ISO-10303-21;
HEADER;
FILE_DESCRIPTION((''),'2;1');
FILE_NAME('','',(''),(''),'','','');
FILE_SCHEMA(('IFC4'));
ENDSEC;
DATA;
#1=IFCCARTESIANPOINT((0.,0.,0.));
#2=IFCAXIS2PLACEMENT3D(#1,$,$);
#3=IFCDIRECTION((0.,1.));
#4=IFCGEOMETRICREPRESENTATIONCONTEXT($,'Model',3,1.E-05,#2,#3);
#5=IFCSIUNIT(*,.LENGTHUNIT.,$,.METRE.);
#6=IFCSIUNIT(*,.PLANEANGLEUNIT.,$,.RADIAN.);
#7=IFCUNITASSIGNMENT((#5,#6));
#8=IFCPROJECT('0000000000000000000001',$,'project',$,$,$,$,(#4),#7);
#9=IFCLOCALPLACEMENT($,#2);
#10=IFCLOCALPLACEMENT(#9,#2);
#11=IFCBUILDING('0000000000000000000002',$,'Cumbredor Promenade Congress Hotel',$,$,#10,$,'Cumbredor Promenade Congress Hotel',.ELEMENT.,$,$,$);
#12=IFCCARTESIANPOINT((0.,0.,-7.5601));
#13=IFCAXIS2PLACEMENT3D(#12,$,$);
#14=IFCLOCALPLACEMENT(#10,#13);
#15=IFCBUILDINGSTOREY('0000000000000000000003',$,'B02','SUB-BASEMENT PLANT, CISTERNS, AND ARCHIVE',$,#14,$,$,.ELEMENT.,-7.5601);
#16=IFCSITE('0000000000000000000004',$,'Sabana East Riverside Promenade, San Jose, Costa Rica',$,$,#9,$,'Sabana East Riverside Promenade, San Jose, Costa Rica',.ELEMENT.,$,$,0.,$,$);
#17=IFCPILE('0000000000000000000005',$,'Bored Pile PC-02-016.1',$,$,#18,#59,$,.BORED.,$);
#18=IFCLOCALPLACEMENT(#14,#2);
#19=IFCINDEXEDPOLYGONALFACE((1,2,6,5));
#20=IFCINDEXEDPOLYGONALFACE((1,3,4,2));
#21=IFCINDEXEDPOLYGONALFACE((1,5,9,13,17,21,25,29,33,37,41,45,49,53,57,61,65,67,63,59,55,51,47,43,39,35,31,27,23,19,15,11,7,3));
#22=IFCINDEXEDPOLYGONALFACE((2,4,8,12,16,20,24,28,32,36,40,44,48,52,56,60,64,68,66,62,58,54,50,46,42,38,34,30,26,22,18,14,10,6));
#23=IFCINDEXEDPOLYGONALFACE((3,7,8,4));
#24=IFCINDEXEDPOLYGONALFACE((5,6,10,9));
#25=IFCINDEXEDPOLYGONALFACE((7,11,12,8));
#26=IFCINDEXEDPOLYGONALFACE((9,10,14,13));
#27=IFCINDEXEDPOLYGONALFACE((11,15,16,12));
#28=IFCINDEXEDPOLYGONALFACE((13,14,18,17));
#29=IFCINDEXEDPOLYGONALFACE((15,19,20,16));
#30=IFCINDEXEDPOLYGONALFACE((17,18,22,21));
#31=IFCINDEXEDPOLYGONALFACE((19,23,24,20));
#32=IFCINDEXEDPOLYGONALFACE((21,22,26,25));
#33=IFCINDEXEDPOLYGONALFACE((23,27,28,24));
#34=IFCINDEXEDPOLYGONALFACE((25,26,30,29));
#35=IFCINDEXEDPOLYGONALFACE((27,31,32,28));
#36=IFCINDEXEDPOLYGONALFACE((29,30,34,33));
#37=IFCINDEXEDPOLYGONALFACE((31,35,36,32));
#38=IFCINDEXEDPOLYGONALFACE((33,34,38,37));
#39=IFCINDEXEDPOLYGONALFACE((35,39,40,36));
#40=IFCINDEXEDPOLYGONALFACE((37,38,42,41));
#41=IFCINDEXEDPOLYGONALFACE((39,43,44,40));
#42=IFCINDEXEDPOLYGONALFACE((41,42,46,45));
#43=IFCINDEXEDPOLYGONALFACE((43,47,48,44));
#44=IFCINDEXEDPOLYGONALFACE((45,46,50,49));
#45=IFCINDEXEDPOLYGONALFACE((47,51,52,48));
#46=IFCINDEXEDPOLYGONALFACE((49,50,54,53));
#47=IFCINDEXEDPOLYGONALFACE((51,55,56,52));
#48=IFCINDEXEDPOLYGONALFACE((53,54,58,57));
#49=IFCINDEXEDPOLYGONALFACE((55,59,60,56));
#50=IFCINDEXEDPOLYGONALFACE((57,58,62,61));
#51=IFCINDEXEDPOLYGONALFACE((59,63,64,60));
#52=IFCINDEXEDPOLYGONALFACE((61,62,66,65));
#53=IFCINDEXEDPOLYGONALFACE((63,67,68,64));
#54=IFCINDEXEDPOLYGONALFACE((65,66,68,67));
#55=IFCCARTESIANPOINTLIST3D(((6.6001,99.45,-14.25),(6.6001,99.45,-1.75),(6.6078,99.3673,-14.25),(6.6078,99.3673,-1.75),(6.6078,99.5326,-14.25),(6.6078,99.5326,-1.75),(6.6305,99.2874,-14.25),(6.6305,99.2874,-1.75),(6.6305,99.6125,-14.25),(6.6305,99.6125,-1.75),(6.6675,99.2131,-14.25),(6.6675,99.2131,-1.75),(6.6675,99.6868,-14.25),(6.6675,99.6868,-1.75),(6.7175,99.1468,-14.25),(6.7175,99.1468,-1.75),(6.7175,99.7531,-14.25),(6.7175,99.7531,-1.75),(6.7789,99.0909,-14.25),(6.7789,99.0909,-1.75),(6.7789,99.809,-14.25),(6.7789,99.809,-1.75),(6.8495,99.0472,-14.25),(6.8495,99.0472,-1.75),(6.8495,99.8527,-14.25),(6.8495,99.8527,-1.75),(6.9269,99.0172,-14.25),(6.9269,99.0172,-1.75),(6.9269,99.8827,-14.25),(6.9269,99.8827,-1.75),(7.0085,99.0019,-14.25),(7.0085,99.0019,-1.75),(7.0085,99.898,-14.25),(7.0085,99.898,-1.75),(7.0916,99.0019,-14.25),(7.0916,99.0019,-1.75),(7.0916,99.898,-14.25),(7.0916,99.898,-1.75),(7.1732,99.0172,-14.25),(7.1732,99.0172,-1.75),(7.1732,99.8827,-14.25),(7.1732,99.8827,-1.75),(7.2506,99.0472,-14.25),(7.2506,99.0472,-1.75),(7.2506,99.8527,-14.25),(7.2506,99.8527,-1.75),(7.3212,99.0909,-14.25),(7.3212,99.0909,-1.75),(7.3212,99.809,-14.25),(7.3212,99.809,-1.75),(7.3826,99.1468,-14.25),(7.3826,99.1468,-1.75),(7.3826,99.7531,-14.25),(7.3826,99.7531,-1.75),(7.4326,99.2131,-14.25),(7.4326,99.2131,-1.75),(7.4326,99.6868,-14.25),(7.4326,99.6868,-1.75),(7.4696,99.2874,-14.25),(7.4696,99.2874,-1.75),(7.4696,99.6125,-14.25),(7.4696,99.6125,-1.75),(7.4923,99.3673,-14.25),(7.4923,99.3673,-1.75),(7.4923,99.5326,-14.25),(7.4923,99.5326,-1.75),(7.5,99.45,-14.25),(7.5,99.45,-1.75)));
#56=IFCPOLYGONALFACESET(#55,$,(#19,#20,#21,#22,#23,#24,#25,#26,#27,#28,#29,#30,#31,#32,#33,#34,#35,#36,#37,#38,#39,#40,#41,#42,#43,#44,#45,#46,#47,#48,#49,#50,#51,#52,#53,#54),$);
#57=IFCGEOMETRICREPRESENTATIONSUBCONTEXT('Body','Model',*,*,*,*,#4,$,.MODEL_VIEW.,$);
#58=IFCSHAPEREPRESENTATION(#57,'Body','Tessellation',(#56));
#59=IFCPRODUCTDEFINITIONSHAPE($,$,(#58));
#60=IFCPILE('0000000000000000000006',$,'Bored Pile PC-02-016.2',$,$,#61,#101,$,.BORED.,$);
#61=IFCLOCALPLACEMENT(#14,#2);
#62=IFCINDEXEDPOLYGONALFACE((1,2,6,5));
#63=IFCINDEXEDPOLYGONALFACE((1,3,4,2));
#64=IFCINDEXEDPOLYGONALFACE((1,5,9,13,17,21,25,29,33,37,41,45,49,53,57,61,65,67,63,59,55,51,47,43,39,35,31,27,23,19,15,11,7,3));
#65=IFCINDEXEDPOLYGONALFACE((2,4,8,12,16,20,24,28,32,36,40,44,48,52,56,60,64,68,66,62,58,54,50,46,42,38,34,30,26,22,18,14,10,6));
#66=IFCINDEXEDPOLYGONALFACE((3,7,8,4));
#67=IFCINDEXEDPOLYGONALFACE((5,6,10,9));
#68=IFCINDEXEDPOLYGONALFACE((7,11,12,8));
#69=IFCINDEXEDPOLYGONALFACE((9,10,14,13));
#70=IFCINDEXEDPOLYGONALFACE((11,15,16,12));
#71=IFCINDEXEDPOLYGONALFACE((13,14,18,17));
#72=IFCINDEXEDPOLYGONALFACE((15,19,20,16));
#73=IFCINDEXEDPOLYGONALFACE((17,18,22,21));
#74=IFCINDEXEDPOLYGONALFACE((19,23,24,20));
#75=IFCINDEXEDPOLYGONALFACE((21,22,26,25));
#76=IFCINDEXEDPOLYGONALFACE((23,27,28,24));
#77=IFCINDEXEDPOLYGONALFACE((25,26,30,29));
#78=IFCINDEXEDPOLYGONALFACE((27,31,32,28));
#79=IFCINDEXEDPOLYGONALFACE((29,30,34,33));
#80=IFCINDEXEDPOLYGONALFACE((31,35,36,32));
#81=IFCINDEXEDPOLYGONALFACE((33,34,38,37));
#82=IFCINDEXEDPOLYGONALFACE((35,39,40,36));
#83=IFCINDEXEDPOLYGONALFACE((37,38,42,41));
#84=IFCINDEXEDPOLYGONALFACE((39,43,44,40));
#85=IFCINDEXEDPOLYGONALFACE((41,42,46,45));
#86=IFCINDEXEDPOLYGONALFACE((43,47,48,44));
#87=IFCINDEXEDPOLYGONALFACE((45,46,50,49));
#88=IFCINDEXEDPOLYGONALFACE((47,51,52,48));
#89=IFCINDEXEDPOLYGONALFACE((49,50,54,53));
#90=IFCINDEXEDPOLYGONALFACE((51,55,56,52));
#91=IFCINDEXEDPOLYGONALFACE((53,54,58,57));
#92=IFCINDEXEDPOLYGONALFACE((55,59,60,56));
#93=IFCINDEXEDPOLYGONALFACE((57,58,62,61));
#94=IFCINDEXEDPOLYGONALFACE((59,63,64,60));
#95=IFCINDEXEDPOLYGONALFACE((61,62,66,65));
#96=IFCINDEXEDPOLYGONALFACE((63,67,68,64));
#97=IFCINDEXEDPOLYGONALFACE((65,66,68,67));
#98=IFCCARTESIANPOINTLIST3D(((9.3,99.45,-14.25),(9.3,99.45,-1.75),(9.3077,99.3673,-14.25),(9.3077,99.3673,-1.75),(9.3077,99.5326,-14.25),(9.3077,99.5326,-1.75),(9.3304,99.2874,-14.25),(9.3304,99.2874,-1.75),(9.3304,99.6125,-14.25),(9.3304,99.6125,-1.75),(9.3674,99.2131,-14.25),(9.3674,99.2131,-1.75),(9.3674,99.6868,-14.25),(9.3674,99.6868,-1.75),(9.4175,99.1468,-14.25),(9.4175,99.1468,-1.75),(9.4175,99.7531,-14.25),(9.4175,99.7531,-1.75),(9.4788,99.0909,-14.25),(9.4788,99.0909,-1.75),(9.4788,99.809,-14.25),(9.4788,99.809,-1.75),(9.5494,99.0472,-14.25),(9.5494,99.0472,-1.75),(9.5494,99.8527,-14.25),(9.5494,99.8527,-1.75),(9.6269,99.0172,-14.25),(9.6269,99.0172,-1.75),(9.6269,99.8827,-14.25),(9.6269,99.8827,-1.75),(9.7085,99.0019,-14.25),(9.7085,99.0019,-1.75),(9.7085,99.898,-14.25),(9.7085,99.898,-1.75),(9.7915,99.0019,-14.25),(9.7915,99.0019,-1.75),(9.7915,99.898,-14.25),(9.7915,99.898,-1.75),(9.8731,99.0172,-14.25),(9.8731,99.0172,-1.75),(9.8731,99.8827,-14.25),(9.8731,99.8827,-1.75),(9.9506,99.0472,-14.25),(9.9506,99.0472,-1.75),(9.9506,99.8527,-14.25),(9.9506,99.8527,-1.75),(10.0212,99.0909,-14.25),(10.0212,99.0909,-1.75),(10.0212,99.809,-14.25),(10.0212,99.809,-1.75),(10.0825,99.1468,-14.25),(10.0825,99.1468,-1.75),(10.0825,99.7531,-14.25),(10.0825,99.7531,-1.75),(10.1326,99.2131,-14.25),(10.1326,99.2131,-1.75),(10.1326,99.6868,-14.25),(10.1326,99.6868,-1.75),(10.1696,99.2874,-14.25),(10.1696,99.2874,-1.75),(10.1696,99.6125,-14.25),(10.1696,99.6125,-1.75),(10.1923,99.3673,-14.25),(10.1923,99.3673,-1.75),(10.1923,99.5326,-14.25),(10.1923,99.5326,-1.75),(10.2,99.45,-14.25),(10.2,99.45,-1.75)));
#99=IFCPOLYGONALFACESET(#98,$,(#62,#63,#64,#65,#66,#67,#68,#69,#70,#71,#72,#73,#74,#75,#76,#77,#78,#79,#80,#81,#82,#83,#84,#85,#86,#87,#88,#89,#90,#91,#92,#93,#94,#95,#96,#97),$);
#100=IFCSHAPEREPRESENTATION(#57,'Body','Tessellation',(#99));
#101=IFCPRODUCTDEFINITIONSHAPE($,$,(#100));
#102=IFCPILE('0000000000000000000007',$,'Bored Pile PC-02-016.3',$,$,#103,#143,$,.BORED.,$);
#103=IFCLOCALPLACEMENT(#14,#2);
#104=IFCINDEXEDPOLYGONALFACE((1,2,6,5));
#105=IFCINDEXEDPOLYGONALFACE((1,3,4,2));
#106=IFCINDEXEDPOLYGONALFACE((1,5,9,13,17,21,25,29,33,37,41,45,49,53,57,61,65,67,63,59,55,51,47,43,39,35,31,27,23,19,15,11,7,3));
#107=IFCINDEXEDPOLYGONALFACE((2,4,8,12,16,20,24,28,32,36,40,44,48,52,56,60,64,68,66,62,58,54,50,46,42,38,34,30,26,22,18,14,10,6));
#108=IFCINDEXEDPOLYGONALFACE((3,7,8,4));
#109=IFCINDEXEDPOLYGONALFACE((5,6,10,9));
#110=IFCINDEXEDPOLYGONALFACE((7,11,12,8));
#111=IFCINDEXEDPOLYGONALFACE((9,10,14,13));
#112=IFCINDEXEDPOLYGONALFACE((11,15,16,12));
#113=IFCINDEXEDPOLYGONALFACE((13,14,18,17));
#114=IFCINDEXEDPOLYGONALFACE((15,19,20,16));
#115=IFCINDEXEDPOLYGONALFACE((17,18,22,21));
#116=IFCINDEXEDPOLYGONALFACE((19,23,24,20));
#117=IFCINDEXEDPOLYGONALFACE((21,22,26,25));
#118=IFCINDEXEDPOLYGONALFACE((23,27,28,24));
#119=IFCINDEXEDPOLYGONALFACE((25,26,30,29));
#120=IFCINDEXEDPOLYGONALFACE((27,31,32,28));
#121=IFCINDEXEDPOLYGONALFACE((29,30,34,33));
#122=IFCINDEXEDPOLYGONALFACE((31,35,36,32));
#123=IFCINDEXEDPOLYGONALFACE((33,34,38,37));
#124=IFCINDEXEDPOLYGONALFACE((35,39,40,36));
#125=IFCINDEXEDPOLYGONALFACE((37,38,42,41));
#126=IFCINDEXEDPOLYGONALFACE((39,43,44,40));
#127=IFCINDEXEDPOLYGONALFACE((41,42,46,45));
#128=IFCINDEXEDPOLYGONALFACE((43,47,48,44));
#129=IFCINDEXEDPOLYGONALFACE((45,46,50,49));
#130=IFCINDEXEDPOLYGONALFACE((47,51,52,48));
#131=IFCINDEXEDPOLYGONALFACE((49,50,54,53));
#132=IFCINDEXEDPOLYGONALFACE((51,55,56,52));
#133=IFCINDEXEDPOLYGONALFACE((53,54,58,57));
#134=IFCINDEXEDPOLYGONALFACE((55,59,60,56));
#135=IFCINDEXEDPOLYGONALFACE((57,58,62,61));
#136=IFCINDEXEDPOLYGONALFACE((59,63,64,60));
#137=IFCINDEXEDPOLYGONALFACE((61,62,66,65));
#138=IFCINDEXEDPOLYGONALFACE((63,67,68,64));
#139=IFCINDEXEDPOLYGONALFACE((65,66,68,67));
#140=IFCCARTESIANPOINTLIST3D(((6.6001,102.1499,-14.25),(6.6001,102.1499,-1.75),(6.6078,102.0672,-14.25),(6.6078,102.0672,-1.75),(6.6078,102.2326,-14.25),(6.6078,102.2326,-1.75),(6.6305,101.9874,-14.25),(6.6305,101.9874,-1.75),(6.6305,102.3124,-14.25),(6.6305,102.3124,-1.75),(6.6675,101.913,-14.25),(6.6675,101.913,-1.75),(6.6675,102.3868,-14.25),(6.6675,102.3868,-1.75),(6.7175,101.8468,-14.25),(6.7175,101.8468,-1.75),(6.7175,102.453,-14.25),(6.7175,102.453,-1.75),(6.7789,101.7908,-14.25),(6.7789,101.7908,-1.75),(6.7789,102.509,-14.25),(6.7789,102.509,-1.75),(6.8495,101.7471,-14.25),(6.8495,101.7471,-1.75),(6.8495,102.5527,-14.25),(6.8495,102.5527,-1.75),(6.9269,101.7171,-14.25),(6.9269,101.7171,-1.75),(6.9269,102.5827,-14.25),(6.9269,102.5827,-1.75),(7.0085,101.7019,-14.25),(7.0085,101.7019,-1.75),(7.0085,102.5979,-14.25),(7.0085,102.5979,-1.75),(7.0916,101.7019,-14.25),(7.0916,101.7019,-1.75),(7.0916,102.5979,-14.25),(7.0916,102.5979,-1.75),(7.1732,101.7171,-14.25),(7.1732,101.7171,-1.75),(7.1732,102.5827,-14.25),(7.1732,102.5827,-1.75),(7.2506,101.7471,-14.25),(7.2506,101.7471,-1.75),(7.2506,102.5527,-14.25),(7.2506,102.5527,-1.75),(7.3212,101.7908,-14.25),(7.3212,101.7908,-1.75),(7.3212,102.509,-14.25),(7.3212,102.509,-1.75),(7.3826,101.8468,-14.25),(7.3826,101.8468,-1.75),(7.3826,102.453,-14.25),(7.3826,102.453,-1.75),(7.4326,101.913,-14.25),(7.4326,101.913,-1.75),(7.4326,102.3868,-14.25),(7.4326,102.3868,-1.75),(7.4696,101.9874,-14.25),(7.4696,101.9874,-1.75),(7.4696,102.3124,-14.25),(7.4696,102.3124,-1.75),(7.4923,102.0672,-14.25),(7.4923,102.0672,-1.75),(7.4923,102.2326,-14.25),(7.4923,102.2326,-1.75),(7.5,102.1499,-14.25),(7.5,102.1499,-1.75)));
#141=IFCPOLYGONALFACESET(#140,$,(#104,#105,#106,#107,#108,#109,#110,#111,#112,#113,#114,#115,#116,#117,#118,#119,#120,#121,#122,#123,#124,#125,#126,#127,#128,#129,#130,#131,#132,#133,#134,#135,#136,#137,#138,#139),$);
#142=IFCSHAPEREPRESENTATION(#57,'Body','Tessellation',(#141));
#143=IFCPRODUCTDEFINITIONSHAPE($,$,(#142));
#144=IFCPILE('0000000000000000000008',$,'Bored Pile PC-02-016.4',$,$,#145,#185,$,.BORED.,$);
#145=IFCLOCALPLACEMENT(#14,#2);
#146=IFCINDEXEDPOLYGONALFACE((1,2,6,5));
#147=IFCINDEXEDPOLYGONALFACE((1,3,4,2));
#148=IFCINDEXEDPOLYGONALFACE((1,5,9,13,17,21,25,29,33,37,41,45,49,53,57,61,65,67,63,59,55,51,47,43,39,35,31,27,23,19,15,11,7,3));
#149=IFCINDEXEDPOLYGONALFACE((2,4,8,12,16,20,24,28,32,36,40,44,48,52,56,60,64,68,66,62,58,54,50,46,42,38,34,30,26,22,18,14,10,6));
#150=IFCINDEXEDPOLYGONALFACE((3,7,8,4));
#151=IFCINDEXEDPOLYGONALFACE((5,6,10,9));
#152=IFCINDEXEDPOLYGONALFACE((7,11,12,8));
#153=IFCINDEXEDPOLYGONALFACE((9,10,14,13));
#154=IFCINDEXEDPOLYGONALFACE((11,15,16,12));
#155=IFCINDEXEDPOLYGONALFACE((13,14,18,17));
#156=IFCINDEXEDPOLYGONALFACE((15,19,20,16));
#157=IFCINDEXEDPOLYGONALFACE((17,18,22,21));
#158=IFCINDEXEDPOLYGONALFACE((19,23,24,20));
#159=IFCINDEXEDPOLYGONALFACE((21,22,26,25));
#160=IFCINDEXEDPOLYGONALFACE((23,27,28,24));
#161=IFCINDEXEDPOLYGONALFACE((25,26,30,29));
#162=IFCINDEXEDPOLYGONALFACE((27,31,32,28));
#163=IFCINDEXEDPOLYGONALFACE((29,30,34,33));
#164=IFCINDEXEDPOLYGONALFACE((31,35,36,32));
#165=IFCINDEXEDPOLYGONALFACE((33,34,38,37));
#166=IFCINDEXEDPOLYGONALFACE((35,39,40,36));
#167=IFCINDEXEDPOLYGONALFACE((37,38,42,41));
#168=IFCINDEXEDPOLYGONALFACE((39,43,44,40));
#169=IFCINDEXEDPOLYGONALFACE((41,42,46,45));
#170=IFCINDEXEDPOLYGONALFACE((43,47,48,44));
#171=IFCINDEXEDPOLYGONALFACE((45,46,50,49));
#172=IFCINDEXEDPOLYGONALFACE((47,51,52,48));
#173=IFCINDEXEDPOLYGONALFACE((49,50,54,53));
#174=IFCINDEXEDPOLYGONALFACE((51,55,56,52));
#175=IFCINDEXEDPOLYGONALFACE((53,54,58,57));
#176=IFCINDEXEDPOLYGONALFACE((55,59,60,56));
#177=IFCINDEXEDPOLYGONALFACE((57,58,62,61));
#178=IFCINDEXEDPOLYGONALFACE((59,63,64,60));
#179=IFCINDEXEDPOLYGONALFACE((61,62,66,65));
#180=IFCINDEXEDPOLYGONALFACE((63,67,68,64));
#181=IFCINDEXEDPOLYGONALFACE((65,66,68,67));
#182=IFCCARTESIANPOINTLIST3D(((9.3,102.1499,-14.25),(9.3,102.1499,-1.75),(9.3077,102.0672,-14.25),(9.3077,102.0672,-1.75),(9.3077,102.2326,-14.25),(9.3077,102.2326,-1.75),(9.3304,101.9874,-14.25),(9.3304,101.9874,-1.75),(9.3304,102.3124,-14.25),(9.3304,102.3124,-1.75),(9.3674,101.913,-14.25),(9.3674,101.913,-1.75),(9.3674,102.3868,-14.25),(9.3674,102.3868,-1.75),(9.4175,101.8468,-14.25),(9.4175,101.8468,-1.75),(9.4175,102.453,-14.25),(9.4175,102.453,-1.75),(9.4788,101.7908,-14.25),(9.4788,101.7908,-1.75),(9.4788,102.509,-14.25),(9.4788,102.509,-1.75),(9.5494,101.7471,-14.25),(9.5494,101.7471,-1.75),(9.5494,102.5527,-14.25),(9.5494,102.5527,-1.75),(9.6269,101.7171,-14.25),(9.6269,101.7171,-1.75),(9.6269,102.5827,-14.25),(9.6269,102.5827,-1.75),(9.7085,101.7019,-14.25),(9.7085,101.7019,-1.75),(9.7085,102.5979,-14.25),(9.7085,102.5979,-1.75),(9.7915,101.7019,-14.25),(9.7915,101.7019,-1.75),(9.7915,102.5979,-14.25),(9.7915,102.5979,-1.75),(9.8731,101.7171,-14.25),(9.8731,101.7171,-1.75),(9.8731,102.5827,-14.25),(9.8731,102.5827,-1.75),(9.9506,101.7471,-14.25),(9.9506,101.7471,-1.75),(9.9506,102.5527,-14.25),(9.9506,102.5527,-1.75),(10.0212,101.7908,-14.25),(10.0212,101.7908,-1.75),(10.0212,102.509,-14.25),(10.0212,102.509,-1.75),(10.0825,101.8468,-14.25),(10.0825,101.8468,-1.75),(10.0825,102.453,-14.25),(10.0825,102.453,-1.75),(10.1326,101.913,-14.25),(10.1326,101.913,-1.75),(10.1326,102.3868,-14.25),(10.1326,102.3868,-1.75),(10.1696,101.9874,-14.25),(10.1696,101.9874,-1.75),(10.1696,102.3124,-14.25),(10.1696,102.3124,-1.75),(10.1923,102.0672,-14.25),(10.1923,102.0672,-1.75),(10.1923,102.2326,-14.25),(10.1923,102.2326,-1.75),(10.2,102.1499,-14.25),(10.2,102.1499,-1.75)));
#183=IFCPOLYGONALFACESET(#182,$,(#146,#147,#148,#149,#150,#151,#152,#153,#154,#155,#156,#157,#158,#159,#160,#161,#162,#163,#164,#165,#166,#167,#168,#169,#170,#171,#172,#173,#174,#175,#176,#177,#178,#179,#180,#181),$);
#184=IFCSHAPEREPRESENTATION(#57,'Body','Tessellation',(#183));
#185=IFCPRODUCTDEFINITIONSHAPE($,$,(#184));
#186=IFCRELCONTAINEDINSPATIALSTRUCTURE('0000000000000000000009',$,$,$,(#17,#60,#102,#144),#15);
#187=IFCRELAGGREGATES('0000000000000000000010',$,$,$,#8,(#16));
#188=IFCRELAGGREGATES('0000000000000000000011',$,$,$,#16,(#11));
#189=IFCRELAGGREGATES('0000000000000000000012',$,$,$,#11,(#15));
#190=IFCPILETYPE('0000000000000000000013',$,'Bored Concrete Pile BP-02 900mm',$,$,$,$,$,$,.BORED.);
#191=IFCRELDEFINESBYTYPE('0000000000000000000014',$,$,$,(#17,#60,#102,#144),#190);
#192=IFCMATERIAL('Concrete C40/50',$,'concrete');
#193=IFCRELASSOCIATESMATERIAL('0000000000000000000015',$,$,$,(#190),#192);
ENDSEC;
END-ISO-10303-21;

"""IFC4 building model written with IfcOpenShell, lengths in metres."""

from ifc_helpers import new_model, si_unit, direction, frame, origin, origin_2d, place, context, subcontext, project, spatial, circle, extrude, material, material_profile, profile_set, type_object, element, save


model = new_model("IFC4")

# Units and contexts
model_context = context("Model", 3, precision=1e-05, world=origin(), true_north=direction((0.0, 1.0)))
body_context = subcontext(model_context, "Body", "Model", "MODEL_VIEW")
ifc_project = project(units=[si_unit("LENGTHUNIT", "METRE"), si_unit("PLANEANGLEUNIT", "RADIAN")], contexts=[model_context])

# Site, building, storey
site_placement = place(None, origin())
site = spatial("IfcSite", under=ifc_project, at=site_placement, Name="Sabana East Riverside Promenade, San Jose, Costa Rica", LongName="Sabana East Riverside Promenade, San Jose, Costa Rica", CompositionType="ELEMENT", RefElevation=0.0)
building_placement = place(site_placement, origin())
building = spatial("IfcBuilding", under=site, at=building_placement, Name="Cumbredor Promenade Congress Hotel", LongName="Cumbredor Promenade Congress Hotel", CompositionType="ELEMENT")
storey_placement = place(building_placement, frame((0.0, 0.0, -7.5601)))
storey = spatial("IfcBuildingStorey", under=building, at=storey_placement, Name="B02", Description="SUB-BASEMENT PLANT, CISTERNS, AND ARCHIVE", CompositionType="ELEMENT", Elevation=-7.5601)

# Piles
ifc_material_1 = material(Name="Concrete C40/50", Category="concrete")
ifc_material_profile_1 = material_profile(ifc_material_1, circle(Radius=0.45, at=origin_2d()), Name="PILE D900")
ifc_profile_set_1 = profile_set([ifc_material_profile_1], Name="Concrete C40/50")
pile_type_1 = type_object("IfcPileType", Name="Bored Concrete Pile BP-02 900mm", PredefinedType="BORED", material=ifc_profile_set_1)
for number, where, z_axis, x_axis, name in (
    (1, (7.05, 99.45, -1.75), (0.0, 0.0, -1.0), (1.0, 0.0, 0.0), "Bored Pile PC-02-016.1"),
    (2, (9.75, 99.45, -1.75), (0.0, 0.0, -1.0), (1.0, 0.0, 0.0), "Bored Pile PC-02-016.2"),
    (3, (7.05, 102.1499, -1.75), (0.0, 0.0, -1.0), (1.0, 0.0, 0.0), "Bored Pile PC-02-016.3"),
    (4, (9.75, 102.1499, -1.75), (0.0, 0.0, -1.0), (1.0, 0.0, 0.0), "Bored Pile PC-02-016.4"),
):
    element("IfcPile", number, at=place(storey_placement, frame(where, z_axis=z_axis, x_axis=x_axis)), inside=storey, type_object=pile_type_1, Name=name, PredefinedType="BORED", context=body_context, shape_type="SweptSolid", body=[
        extrude(circle(Radius=0.45, at=origin_2d()), origin(), (0.0, 0.0, 1.0), 12.5),
    ])

save(model, "model.ifc")
